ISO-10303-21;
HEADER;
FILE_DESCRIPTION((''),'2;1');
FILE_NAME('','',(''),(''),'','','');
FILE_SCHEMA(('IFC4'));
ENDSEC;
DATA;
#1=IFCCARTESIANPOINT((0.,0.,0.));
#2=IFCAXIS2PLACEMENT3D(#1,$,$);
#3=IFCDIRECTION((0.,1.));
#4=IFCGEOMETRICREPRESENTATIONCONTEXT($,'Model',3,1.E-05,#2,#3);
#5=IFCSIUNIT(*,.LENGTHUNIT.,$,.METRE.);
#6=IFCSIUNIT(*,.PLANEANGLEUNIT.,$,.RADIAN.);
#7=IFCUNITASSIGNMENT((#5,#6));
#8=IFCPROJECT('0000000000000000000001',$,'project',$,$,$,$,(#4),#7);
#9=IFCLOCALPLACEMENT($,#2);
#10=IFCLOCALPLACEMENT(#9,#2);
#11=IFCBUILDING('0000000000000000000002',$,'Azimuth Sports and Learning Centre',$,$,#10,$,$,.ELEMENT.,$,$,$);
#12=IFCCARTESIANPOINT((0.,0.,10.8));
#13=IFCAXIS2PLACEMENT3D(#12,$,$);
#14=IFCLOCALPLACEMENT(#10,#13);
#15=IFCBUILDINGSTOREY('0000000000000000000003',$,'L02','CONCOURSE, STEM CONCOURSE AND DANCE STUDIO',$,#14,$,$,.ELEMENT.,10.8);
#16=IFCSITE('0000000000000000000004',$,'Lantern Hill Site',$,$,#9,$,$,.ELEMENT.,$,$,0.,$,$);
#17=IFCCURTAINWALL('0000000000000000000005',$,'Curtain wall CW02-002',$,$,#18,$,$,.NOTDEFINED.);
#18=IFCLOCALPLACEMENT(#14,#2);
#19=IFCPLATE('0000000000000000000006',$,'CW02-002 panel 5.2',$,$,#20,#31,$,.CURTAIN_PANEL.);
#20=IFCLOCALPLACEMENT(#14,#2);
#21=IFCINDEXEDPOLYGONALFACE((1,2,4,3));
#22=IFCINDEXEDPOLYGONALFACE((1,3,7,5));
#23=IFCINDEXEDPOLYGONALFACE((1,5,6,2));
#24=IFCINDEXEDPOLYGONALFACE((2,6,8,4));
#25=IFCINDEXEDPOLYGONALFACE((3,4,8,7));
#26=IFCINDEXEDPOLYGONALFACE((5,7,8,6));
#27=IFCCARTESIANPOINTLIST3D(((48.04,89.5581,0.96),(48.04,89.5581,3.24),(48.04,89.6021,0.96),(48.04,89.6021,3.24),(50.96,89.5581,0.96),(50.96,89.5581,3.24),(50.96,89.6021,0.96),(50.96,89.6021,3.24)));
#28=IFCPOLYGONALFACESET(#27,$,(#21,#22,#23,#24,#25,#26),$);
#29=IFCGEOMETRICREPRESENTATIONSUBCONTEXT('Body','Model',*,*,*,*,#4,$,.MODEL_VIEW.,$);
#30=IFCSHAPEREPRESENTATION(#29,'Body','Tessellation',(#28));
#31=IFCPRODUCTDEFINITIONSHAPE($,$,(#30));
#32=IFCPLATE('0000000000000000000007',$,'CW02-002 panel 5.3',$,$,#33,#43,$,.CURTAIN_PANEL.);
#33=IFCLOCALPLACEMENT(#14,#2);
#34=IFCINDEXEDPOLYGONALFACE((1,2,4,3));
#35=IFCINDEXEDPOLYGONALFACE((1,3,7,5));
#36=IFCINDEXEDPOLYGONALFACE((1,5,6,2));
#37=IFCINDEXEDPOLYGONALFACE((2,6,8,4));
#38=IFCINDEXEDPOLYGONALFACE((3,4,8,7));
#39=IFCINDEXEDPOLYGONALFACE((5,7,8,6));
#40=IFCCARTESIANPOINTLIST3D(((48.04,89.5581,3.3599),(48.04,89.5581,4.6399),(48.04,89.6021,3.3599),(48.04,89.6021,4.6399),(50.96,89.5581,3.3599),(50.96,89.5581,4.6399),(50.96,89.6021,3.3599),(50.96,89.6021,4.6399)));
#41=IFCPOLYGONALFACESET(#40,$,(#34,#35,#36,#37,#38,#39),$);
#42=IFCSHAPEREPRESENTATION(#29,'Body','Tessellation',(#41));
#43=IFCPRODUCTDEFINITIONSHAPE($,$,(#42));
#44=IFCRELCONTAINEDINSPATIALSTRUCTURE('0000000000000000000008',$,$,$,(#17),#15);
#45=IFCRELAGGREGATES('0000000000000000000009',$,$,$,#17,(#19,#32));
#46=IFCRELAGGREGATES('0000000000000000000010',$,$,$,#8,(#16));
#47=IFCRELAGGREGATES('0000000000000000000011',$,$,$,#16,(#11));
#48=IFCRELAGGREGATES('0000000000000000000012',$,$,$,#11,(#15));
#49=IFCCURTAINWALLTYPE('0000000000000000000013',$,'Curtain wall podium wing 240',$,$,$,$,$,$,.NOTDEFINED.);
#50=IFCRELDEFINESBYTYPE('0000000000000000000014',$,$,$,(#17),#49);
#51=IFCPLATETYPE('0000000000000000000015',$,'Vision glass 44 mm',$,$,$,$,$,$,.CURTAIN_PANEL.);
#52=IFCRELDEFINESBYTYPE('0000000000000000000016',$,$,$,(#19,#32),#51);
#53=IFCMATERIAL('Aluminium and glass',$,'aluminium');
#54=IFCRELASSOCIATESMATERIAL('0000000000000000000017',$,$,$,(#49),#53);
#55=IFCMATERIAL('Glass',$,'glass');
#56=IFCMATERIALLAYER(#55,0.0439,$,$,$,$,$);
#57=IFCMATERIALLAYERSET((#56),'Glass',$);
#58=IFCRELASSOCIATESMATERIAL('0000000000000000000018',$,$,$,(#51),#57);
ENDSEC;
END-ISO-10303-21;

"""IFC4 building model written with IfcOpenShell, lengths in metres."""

from ifc_helpers import new_model, si_unit, direction, frame, origin, origin_2d, place, context, subcontext, project, spatial, rectangle, extrude, material, layer, layer_set, type_object, element, aggregate, save


model = new_model("IFC4")

# Units and contexts
model_context = context("Model", 3, precision=1e-05, world=origin(), true_north=direction((0.0, 1.0)))
body_context = subcontext(model_context, "Body", "Model", "MODEL_VIEW")
ifc_project = project(units=[si_unit("LENGTHUNIT", "METRE"), si_unit("PLANEANGLEUNIT", "RADIAN")], contexts=[model_context])

# Site, building, storey
site_placement = place(None, origin())
site = spatial("IfcSite", under=ifc_project, at=site_placement, Name="Lantern Hill Site", CompositionType="ELEMENT", RefElevation=0.0)
building_placement = place(site_placement, origin())
building = spatial("IfcBuilding", under=site, at=building_placement, Name="Azimuth Sports and Learning Centre", CompositionType="ELEMENT")
storey_placement = place(building_placement, frame((0.0, 0.0, 10.8)))
storey = spatial("IfcBuildingStorey", under=building, at=storey_placement, Name="L02", Description="CONCOURSE, STEM CONCOURSE AND DANCE STUDIO", CompositionType="ELEMENT", Elevation=10.8)

# Curtain wall, plates
ifc_material_1 = material(Name="Aluminium and glass", Category="aluminium")
curtain_wall_type = type_object("IfcCurtainWallType", Name="Curtain wall podium wing 240", PredefinedType="NOTDEFINED", material=ifc_material_1)
curtain_wall_placement = place(storey_placement, origin())
curtain_wall = element("IfcCurtainWall", 1, at=curtain_wall_placement, inside=storey, type_object=curtain_wall_type, Name="Curtain wall CW02-002", PredefinedType="NOTDEFINED")
ifc_material_2 = material(Name="Glass", Category="glass")
ifc_layer_1 = layer(ifc_material_2, 0.0439)
ifc_layer_set_1 = layer_set([ifc_layer_1], Name="Glass")
plate_type_1 = type_object("IfcPlateType", Name="Vision glass 44 mm", PredefinedType="CURTAIN_PANEL", material=ifc_layer_set_1)
plate_1_placement = place(storey_placement, frame((49.5, 89.5801, 0.96), z_axis=(0.0, 0.0, 1.0), x_axis=(1.0, 0.0, 0.0)))
plate_1 = element("IfcPlate", 2, at=plate_1_placement, type_object=plate_type_1, Name="CW02-002 panel 5.2", PredefinedType="CURTAIN_PANEL", context=body_context, shape_type="SweptSolid", body=[
    extrude(rectangle(XDim=2.9199, YDim=0.0439, at=origin_2d()), origin(), (0.0, 0.0, 1.0), 2.28),
])
plate_2_placement = place(storey_placement, frame((49.5, 89.5801, 3.3599), z_axis=(0.0, 0.0, 1.0), x_axis=(1.0, 0.0, 0.0)))
plate_2 = element("IfcPlate", 3, at=plate_2_placement, type_object=plate_type_1, Name="CW02-002 panel 5.3", PredefinedType="CURTAIN_PANEL", context=body_context, shape_type="SweptSolid", body=[
    extrude(rectangle(XDim=2.9199, YDim=0.0439, at=origin_2d()), origin(), (0.0, 0.0, 1.0), 1.28),
])
aggregate(curtain_wall, [plate_1, plate_2])

save(model, "model.ifc")
